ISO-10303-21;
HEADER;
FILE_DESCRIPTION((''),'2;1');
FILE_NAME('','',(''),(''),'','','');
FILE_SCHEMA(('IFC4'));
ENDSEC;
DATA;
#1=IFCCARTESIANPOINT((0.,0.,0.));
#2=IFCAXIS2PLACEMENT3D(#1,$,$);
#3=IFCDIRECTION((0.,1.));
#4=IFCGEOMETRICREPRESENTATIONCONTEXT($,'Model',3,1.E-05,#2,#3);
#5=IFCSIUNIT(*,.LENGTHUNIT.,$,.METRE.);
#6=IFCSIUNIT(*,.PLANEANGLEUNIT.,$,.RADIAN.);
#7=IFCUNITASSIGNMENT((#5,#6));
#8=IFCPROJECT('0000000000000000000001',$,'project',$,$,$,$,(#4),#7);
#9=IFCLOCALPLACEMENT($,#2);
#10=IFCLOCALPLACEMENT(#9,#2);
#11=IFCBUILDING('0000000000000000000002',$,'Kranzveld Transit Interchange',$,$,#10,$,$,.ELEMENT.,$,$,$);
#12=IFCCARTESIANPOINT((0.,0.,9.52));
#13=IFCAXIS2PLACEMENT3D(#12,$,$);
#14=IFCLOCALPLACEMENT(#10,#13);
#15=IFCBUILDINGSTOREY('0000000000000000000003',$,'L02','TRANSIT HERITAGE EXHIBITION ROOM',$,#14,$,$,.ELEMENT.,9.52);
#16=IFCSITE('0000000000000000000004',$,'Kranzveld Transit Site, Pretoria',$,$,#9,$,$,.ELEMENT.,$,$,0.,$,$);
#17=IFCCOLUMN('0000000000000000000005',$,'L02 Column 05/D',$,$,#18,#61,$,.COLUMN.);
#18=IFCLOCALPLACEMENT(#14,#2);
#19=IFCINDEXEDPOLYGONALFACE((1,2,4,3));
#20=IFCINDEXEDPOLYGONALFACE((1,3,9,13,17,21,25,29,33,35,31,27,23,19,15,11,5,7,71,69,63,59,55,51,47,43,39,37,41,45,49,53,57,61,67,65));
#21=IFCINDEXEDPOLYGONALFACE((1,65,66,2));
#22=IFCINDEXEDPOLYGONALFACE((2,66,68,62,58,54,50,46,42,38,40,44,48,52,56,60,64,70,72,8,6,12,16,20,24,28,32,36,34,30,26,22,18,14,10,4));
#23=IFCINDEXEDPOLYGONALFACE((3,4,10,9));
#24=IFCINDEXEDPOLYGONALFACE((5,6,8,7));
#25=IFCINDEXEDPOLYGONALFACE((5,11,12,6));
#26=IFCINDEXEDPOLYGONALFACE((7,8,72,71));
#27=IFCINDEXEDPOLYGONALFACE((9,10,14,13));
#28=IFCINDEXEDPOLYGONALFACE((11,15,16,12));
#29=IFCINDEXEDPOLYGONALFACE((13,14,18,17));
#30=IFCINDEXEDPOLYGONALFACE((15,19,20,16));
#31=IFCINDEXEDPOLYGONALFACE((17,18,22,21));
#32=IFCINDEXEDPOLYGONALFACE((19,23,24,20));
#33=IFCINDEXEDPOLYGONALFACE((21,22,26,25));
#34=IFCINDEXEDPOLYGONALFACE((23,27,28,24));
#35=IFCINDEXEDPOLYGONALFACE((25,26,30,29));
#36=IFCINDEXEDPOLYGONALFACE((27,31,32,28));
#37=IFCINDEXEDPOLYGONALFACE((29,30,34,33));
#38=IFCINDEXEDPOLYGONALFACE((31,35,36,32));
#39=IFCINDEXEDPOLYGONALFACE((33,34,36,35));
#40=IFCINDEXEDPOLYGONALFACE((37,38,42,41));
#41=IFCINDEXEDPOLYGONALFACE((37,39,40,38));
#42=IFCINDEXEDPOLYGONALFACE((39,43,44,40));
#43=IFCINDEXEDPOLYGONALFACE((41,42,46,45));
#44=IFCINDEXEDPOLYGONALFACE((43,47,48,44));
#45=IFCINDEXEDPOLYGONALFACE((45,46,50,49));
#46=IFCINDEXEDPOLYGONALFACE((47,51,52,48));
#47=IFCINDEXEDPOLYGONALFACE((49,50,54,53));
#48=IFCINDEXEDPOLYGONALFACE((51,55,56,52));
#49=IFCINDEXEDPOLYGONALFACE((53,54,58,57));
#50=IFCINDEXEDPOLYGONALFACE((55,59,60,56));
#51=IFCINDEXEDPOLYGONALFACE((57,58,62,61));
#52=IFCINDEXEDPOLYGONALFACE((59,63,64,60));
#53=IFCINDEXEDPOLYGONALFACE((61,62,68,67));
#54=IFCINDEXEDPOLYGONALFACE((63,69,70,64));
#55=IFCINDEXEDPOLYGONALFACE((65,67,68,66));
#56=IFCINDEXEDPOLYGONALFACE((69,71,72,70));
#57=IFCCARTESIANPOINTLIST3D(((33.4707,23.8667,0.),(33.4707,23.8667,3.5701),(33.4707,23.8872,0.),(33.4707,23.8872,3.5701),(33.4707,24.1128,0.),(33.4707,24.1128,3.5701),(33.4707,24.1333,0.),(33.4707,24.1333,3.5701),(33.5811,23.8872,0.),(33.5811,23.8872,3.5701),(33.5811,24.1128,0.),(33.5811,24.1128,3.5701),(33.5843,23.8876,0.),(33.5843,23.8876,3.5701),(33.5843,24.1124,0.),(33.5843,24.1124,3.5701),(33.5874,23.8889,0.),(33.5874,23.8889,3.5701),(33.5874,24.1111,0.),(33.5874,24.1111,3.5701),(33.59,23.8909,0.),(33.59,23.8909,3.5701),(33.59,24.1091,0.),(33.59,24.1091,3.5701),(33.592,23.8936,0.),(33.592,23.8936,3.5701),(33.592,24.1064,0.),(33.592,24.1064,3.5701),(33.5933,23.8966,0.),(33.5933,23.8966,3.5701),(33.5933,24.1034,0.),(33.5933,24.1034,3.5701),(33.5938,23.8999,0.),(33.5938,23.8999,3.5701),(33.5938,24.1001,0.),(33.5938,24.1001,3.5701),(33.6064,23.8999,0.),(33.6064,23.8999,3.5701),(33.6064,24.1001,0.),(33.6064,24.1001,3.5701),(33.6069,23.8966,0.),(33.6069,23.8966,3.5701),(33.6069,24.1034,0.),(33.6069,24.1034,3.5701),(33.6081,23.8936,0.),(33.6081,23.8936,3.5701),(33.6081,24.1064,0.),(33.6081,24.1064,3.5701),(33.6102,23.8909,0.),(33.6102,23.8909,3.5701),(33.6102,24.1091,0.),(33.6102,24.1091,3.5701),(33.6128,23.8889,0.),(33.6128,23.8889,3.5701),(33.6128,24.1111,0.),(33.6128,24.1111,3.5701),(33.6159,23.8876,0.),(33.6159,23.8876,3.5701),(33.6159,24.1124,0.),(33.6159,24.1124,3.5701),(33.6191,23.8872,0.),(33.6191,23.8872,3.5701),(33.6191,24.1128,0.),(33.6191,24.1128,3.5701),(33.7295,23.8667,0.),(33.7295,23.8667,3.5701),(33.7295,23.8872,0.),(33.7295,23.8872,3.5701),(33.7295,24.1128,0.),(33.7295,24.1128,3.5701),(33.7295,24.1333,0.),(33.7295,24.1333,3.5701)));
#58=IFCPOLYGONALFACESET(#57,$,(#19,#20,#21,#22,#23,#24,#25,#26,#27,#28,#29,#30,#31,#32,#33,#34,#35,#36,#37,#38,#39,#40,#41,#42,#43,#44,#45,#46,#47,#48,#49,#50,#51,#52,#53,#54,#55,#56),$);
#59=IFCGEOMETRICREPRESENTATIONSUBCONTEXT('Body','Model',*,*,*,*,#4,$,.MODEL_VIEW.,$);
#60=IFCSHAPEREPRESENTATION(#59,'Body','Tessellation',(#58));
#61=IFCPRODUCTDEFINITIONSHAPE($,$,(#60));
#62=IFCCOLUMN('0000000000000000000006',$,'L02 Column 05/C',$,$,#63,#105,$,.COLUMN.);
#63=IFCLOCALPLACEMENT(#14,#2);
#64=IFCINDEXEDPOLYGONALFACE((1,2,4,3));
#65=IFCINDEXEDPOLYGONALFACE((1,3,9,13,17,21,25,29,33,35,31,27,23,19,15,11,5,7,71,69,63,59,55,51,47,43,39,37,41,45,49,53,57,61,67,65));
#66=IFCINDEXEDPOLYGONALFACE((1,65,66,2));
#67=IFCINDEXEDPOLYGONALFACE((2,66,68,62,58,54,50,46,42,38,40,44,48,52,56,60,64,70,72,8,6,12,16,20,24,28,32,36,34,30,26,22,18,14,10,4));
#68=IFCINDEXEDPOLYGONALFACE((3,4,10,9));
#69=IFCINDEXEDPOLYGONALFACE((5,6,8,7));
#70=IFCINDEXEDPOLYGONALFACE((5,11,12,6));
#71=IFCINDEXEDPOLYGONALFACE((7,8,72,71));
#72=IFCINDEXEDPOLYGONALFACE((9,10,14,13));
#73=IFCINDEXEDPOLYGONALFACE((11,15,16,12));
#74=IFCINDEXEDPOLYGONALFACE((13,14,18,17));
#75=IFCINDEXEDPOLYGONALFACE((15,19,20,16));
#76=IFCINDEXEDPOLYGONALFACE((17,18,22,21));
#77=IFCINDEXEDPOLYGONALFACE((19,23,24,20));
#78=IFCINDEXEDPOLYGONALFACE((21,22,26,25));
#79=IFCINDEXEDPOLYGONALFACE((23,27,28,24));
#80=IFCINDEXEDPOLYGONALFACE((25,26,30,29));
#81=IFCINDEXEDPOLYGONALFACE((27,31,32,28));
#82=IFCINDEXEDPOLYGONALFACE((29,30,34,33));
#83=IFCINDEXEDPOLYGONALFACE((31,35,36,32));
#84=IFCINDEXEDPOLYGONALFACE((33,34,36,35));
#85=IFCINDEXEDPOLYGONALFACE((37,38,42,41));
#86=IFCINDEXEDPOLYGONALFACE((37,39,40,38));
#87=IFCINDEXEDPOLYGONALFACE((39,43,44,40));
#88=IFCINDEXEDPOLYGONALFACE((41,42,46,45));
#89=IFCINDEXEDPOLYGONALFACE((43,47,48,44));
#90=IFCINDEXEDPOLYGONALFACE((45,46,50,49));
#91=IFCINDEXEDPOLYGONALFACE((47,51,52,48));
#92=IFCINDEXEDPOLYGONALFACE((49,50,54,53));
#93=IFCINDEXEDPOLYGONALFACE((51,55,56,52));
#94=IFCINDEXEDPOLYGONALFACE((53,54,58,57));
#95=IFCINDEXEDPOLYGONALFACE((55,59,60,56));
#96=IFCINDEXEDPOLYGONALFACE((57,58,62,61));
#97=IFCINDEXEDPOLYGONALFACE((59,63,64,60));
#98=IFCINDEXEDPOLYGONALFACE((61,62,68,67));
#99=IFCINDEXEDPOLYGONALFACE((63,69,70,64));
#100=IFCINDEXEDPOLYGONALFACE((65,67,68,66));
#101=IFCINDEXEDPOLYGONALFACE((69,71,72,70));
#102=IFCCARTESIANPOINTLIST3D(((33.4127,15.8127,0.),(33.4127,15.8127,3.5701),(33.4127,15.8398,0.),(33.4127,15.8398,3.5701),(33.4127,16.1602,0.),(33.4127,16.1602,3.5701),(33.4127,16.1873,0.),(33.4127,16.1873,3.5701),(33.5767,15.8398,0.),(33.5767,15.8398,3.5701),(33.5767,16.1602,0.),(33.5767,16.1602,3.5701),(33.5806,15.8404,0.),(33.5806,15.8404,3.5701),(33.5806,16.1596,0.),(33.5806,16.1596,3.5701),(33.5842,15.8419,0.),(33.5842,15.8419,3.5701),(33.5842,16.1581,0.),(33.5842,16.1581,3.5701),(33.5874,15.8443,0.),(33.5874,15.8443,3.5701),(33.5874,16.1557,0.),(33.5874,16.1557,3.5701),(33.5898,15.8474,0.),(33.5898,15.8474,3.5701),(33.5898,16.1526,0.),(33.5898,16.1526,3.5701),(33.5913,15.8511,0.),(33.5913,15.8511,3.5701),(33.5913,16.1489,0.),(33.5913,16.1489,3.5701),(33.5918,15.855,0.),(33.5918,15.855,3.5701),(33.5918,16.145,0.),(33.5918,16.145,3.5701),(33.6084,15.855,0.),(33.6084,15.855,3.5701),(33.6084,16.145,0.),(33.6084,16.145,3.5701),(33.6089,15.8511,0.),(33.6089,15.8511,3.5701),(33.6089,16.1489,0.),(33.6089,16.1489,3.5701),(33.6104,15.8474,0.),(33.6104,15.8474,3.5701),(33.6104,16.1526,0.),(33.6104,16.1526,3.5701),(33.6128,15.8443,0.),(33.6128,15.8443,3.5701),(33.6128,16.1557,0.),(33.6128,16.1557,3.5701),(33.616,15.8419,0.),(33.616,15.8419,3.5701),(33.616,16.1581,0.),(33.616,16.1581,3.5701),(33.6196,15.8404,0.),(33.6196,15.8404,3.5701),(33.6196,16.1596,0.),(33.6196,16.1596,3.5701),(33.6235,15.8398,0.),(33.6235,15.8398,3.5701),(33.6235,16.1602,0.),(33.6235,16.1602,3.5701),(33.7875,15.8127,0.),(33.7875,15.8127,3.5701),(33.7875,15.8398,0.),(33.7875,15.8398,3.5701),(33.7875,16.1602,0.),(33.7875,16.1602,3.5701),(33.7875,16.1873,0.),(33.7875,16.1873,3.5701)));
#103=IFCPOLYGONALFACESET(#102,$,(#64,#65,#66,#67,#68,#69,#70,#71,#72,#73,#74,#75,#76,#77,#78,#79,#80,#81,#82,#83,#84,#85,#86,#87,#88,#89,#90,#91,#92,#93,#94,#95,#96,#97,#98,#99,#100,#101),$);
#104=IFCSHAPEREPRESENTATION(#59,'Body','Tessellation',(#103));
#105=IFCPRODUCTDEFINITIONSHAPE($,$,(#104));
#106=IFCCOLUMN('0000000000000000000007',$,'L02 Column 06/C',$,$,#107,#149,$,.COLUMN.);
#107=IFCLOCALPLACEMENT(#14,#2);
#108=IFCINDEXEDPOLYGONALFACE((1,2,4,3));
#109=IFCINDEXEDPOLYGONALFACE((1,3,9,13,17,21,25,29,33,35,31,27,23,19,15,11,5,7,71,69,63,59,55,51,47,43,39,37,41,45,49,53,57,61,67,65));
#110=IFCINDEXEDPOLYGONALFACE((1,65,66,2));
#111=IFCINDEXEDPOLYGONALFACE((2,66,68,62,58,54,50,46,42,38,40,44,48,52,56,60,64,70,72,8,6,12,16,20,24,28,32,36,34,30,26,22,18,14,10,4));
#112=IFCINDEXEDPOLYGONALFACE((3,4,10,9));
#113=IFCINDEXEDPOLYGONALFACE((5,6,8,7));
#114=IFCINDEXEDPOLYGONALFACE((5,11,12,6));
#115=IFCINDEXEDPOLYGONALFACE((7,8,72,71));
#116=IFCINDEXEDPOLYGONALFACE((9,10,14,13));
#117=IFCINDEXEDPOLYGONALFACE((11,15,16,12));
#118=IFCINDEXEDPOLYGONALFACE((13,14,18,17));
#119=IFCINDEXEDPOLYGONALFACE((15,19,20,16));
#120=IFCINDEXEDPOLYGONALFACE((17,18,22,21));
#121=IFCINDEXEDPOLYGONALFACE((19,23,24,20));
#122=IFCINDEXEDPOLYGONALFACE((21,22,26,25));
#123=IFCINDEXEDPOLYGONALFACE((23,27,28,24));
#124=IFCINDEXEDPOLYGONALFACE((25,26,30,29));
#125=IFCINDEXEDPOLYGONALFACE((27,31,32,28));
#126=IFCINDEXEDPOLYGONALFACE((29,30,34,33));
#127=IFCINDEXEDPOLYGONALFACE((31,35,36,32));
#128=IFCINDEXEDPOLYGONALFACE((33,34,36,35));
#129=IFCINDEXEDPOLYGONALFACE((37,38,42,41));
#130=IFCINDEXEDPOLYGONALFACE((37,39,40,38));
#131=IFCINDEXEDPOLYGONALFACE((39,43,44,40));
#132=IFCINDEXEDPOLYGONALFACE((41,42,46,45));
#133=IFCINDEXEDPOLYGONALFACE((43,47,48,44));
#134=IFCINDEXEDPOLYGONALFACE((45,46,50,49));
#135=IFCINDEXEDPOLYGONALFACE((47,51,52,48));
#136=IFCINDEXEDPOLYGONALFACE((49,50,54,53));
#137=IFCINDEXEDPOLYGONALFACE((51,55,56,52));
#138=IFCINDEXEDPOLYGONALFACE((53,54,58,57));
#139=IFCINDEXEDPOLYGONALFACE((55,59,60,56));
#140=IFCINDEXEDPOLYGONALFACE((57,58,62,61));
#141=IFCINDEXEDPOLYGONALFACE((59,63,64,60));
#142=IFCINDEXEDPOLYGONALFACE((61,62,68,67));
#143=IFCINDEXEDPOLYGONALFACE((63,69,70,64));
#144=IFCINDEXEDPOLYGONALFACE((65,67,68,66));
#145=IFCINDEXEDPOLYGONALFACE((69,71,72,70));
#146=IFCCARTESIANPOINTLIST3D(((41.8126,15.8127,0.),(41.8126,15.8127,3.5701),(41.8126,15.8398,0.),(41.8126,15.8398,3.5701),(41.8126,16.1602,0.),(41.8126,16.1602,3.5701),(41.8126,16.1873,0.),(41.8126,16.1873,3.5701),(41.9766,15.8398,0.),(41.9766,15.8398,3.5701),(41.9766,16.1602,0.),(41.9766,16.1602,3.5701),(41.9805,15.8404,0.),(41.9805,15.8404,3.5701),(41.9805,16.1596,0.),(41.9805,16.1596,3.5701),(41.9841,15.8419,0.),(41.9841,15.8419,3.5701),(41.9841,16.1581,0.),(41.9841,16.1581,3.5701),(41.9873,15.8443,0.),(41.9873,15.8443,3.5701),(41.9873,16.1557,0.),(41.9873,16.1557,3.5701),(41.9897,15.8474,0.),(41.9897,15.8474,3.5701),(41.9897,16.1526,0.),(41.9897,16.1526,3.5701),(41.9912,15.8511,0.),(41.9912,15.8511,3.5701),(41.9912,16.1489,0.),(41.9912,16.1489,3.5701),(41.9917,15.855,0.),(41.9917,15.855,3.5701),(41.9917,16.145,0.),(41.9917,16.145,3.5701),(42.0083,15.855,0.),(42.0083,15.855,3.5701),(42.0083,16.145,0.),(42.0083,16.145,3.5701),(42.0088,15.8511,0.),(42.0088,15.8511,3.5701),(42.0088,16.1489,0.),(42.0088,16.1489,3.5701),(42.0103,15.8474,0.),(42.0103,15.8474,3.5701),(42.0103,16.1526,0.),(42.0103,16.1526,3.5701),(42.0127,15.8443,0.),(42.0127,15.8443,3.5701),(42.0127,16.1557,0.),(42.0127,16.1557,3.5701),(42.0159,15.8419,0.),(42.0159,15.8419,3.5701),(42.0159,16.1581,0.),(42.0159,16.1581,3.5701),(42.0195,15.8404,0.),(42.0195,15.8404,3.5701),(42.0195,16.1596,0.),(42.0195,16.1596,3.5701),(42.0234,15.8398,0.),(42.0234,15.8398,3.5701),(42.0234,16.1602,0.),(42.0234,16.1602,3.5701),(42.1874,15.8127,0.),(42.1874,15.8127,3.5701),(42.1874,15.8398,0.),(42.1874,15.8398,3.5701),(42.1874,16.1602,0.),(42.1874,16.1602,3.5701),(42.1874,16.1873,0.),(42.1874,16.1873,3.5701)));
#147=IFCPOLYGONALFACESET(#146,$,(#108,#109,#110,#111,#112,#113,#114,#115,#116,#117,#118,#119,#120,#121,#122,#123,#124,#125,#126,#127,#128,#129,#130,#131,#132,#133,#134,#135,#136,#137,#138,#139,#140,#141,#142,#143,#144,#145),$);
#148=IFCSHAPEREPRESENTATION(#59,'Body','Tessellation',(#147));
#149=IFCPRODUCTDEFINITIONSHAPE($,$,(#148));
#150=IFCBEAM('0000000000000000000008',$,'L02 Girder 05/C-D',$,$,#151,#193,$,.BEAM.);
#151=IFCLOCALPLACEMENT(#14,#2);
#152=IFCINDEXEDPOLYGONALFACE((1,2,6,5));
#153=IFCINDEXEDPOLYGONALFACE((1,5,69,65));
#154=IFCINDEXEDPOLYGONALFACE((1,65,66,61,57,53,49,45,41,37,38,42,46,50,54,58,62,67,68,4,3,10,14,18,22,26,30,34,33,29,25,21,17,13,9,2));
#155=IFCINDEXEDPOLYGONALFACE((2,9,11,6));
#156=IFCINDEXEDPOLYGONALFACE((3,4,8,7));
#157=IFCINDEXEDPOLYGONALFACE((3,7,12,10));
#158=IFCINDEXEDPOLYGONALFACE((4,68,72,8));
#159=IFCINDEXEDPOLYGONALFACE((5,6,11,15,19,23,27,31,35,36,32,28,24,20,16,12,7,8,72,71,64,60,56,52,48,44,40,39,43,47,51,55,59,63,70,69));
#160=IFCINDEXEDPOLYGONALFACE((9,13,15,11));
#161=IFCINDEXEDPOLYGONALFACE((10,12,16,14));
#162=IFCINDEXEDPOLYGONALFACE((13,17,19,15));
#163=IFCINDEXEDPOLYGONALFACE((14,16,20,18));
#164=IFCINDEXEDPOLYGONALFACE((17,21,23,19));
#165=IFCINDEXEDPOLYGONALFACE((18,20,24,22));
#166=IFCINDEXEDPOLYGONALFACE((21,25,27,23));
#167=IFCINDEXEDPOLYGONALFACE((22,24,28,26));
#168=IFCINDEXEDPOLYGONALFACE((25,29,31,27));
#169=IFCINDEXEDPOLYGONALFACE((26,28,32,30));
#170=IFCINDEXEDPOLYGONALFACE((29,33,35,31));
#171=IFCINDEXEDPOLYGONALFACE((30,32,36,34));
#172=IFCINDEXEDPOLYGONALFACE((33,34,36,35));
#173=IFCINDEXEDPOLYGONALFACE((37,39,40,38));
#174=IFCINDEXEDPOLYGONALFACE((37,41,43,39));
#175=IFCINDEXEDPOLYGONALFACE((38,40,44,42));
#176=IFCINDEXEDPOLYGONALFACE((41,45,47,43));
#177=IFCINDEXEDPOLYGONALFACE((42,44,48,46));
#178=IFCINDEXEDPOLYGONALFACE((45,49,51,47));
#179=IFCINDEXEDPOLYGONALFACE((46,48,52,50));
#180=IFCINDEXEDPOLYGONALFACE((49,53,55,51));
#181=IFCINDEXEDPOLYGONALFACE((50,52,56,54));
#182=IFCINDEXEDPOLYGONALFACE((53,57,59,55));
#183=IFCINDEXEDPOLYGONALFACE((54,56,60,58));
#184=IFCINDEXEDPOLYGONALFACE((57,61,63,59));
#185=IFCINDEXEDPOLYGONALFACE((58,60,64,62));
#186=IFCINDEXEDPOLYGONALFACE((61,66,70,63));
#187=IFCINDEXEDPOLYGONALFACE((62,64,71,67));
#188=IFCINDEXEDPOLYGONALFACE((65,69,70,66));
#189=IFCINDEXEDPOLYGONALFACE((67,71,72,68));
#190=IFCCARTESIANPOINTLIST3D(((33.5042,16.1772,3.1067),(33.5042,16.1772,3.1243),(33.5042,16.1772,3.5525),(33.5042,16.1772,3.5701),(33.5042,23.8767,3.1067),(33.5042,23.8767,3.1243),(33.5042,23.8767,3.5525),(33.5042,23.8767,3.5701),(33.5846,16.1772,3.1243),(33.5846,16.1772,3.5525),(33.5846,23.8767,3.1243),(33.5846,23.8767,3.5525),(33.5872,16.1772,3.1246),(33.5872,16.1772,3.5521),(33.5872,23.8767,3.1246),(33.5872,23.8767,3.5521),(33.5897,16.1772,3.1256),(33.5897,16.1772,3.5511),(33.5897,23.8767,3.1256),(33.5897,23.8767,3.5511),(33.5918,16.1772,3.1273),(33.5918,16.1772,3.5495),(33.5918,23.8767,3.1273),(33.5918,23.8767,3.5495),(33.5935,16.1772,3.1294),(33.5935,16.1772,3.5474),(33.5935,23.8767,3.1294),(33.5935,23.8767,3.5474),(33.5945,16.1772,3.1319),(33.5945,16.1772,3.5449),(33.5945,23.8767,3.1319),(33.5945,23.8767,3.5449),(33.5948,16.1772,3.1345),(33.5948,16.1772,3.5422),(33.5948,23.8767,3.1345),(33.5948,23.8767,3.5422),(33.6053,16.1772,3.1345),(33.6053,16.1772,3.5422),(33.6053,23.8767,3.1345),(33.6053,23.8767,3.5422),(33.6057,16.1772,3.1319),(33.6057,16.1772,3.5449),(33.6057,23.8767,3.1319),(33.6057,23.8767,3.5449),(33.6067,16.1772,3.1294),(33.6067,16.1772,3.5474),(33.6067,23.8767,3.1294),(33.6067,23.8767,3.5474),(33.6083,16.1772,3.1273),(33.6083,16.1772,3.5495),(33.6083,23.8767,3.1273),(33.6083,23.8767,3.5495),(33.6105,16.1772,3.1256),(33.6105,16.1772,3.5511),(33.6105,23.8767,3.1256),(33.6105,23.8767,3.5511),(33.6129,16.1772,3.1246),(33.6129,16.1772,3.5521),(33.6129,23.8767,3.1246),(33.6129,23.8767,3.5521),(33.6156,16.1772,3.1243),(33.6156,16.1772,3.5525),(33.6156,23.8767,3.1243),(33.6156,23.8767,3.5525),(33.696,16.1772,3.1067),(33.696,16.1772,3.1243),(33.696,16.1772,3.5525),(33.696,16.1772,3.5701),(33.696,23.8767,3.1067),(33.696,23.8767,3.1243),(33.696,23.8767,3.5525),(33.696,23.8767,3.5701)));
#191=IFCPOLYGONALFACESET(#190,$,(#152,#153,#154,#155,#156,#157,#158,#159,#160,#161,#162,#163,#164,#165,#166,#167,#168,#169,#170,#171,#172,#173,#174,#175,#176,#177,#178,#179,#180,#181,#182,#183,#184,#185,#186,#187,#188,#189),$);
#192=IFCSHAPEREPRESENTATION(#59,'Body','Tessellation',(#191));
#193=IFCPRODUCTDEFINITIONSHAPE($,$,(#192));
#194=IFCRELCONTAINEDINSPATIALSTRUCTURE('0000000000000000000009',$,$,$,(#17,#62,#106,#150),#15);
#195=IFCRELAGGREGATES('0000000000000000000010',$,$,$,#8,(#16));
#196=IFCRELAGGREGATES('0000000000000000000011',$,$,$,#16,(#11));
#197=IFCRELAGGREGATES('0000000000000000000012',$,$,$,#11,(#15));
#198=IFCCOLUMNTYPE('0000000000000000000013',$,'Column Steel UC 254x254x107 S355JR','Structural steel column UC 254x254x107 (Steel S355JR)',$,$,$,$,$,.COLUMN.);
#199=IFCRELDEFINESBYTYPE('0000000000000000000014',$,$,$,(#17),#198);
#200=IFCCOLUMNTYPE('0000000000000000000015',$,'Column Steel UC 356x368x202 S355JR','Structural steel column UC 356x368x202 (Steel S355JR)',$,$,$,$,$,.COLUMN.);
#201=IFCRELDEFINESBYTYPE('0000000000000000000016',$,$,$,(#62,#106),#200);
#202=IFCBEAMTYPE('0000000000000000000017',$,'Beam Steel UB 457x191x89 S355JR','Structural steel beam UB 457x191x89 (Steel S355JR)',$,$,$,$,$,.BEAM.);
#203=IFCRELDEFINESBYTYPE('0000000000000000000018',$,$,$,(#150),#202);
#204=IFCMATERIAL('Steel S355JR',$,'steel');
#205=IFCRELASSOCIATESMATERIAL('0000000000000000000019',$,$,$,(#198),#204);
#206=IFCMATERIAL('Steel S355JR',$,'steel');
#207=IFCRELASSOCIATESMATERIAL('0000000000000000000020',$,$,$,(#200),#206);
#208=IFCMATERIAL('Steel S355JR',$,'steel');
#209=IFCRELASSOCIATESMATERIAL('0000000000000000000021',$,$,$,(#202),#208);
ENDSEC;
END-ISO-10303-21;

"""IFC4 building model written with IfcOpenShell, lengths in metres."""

from ifc_helpers import new_model, si_unit, direction, frame, origin, origin_2d, place, context, subcontext, project, spatial, i_section, extrude, material, material_profile, profile_set, type_object, element, save


model = new_model("IFC4")

# Units and contexts
model_context = context("Model", 3, precision=1e-05, world=origin(), true_north=direction((0.0, 1.0)))
body_context = subcontext(model_context, "Body", "Model", "MODEL_VIEW")
ifc_project = project(units=[si_unit("LENGTHUNIT", "METRE"), si_unit("PLANEANGLEUNIT", "RADIAN")], contexts=[model_context])

# Site, building, storey
site_placement = place(None, origin())
site = spatial("IfcSite", under=ifc_project, at=site_placement, Name="Kranzveld Transit Site, Pretoria", CompositionType="ELEMENT", RefElevation=0.0)
building_placement = place(site_placement, origin())
building = spatial("IfcBuilding", under=site, at=building_placement, Name="Kranzveld Transit Interchange", CompositionType="ELEMENT")
storey_placement = place(building_placement, frame((0.0, 0.0, 9.52)))
storey = spatial("IfcBuildingStorey", under=building, at=storey_placement, Name="L02", Description="TRANSIT HERITAGE EXHIBITION ROOM", CompositionType="ELEMENT", Elevation=9.52)

# Columns
ifc_material_1 = material(Name="Steel S355JR", Category="steel")
ifc_material_profile_1 = material_profile(ifc_material_1, i_section(OverallWidth=0.2588, OverallDepth=0.2666, WebThickness=0.0127, FlangeThickness=0.0205, FilletRadius=0.0127, at=origin_2d()), Name="UC 254x254x107")
ifc_profile_set_1 = profile_set([ifc_material_profile_1], Name="Steel S355JR")
column_type_1 = type_object("IfcColumnType", Name="Column Steel UC 254x254x107 S355JR", Description="Structural steel column UC 254x254x107 (Steel S355JR)", PredefinedType="COLUMN", material=ifc_profile_set_1)
column_placement = place(storey_placement, frame((33.6001, 24.0, 0.0), z_axis=(0.0, 0.0, 1.0), x_axis=(1.0, 0.0, 0.0)))
element("IfcColumn", 1, at=column_placement, inside=storey, type_object=column_type_1, Name="L02 Column 05/D", PredefinedType="COLUMN", context=body_context, shape_type="SweptSolid", body=[
    extrude(i_section(OverallWidth=0.2588, OverallDepth=0.2666, WebThickness=0.0127, FlangeThickness=0.0205, FilletRadius=0.0127, at=origin_2d()), origin(), (0.0, 0.0, 1.0), 3.5701),
])
ifc_material_2 = material(Name="Steel S355JR", Category="steel")
ifc_material_profile_2 = material_profile(ifc_material_2, i_section(OverallWidth=0.3748, OverallDepth=0.3745, WebThickness=0.0166, FlangeThickness=0.0271, FilletRadius=0.0151, at=origin_2d()), Name="UC 356x368x202")
ifc_profile_set_2 = profile_set([ifc_material_profile_2], Name="Steel S355JR")
column_type_2 = type_object("IfcColumnType", Name="Column Steel UC 356x368x202 S355JR", Description="Structural steel column UC 356x368x202 (Steel S355JR)", PredefinedType="COLUMN", material=ifc_profile_set_2)
for number, where, z_axis, x_axis, name in (
    (2, (33.6001, 16.0, 0.0), (0.0, 0.0, 1.0), (1.0, 0.0, 0.0), "L02 Column 05/C"),
    (3, (42.0, 16.0, 0.0), (0.0, 0.0, 1.0), (1.0, 0.0, 0.0), "L02 Column 06/C"),
):
    element("IfcColumn", number, at=place(storey_placement, frame(where, z_axis=z_axis, x_axis=x_axis)), inside=storey, type_object=column_type_2, Name=name, PredefinedType="COLUMN", context=body_context, shape_type="SweptSolid", body=[
        extrude(i_section(OverallWidth=0.3748, OverallDepth=0.3745, WebThickness=0.0166, FlangeThickness=0.0271, FilletRadius=0.0151, at=origin_2d()), origin(), (0.0, 0.0, 1.0), 3.5701),
    ])

# Beam
ifc_material_3 = material(Name="Steel S355JR", Category="steel")
ifc_material_profile_3 = material_profile(ifc_material_3, i_section(OverallWidth=0.1919, OverallDepth=0.4634, WebThickness=0.0105, FlangeThickness=0.0176, FilletRadius=0.0103, at=origin_2d()), Name="UB 457x191x89")
ifc_profile_set_3 = profile_set([ifc_material_profile_3], Name="Steel S355JR")
beam_type_1 = type_object("IfcBeamType", Name="Beam Steel UB 457x191x89 S355JR", Description="Structural steel beam UB 457x191x89 (Steel S355JR)", PredefinedType="BEAM", material=ifc_profile_set_3)
beam_1_placement = place(storey_placement, frame((33.6001, 16.1772, 3.3384), z_axis=(0.0, 1.0, 0.0), x_axis=(-1.0, 0.0, 0.0)))
element("IfcBeam", 4, at=beam_1_placement, inside=storey, type_object=beam_type_1, Name="L02 Girder 05/C-D", PredefinedType="BEAM", context=body_context, shape_type="SweptSolid", body=[
    extrude(i_section(OverallWidth=0.1919, OverallDepth=0.4634, WebThickness=0.0105, FlangeThickness=0.0176, FilletRadius=0.0103, at=origin_2d()), origin(), (0.0, 0.0, 1.0), 7.6995),
])

save(model, "model.ifc")
